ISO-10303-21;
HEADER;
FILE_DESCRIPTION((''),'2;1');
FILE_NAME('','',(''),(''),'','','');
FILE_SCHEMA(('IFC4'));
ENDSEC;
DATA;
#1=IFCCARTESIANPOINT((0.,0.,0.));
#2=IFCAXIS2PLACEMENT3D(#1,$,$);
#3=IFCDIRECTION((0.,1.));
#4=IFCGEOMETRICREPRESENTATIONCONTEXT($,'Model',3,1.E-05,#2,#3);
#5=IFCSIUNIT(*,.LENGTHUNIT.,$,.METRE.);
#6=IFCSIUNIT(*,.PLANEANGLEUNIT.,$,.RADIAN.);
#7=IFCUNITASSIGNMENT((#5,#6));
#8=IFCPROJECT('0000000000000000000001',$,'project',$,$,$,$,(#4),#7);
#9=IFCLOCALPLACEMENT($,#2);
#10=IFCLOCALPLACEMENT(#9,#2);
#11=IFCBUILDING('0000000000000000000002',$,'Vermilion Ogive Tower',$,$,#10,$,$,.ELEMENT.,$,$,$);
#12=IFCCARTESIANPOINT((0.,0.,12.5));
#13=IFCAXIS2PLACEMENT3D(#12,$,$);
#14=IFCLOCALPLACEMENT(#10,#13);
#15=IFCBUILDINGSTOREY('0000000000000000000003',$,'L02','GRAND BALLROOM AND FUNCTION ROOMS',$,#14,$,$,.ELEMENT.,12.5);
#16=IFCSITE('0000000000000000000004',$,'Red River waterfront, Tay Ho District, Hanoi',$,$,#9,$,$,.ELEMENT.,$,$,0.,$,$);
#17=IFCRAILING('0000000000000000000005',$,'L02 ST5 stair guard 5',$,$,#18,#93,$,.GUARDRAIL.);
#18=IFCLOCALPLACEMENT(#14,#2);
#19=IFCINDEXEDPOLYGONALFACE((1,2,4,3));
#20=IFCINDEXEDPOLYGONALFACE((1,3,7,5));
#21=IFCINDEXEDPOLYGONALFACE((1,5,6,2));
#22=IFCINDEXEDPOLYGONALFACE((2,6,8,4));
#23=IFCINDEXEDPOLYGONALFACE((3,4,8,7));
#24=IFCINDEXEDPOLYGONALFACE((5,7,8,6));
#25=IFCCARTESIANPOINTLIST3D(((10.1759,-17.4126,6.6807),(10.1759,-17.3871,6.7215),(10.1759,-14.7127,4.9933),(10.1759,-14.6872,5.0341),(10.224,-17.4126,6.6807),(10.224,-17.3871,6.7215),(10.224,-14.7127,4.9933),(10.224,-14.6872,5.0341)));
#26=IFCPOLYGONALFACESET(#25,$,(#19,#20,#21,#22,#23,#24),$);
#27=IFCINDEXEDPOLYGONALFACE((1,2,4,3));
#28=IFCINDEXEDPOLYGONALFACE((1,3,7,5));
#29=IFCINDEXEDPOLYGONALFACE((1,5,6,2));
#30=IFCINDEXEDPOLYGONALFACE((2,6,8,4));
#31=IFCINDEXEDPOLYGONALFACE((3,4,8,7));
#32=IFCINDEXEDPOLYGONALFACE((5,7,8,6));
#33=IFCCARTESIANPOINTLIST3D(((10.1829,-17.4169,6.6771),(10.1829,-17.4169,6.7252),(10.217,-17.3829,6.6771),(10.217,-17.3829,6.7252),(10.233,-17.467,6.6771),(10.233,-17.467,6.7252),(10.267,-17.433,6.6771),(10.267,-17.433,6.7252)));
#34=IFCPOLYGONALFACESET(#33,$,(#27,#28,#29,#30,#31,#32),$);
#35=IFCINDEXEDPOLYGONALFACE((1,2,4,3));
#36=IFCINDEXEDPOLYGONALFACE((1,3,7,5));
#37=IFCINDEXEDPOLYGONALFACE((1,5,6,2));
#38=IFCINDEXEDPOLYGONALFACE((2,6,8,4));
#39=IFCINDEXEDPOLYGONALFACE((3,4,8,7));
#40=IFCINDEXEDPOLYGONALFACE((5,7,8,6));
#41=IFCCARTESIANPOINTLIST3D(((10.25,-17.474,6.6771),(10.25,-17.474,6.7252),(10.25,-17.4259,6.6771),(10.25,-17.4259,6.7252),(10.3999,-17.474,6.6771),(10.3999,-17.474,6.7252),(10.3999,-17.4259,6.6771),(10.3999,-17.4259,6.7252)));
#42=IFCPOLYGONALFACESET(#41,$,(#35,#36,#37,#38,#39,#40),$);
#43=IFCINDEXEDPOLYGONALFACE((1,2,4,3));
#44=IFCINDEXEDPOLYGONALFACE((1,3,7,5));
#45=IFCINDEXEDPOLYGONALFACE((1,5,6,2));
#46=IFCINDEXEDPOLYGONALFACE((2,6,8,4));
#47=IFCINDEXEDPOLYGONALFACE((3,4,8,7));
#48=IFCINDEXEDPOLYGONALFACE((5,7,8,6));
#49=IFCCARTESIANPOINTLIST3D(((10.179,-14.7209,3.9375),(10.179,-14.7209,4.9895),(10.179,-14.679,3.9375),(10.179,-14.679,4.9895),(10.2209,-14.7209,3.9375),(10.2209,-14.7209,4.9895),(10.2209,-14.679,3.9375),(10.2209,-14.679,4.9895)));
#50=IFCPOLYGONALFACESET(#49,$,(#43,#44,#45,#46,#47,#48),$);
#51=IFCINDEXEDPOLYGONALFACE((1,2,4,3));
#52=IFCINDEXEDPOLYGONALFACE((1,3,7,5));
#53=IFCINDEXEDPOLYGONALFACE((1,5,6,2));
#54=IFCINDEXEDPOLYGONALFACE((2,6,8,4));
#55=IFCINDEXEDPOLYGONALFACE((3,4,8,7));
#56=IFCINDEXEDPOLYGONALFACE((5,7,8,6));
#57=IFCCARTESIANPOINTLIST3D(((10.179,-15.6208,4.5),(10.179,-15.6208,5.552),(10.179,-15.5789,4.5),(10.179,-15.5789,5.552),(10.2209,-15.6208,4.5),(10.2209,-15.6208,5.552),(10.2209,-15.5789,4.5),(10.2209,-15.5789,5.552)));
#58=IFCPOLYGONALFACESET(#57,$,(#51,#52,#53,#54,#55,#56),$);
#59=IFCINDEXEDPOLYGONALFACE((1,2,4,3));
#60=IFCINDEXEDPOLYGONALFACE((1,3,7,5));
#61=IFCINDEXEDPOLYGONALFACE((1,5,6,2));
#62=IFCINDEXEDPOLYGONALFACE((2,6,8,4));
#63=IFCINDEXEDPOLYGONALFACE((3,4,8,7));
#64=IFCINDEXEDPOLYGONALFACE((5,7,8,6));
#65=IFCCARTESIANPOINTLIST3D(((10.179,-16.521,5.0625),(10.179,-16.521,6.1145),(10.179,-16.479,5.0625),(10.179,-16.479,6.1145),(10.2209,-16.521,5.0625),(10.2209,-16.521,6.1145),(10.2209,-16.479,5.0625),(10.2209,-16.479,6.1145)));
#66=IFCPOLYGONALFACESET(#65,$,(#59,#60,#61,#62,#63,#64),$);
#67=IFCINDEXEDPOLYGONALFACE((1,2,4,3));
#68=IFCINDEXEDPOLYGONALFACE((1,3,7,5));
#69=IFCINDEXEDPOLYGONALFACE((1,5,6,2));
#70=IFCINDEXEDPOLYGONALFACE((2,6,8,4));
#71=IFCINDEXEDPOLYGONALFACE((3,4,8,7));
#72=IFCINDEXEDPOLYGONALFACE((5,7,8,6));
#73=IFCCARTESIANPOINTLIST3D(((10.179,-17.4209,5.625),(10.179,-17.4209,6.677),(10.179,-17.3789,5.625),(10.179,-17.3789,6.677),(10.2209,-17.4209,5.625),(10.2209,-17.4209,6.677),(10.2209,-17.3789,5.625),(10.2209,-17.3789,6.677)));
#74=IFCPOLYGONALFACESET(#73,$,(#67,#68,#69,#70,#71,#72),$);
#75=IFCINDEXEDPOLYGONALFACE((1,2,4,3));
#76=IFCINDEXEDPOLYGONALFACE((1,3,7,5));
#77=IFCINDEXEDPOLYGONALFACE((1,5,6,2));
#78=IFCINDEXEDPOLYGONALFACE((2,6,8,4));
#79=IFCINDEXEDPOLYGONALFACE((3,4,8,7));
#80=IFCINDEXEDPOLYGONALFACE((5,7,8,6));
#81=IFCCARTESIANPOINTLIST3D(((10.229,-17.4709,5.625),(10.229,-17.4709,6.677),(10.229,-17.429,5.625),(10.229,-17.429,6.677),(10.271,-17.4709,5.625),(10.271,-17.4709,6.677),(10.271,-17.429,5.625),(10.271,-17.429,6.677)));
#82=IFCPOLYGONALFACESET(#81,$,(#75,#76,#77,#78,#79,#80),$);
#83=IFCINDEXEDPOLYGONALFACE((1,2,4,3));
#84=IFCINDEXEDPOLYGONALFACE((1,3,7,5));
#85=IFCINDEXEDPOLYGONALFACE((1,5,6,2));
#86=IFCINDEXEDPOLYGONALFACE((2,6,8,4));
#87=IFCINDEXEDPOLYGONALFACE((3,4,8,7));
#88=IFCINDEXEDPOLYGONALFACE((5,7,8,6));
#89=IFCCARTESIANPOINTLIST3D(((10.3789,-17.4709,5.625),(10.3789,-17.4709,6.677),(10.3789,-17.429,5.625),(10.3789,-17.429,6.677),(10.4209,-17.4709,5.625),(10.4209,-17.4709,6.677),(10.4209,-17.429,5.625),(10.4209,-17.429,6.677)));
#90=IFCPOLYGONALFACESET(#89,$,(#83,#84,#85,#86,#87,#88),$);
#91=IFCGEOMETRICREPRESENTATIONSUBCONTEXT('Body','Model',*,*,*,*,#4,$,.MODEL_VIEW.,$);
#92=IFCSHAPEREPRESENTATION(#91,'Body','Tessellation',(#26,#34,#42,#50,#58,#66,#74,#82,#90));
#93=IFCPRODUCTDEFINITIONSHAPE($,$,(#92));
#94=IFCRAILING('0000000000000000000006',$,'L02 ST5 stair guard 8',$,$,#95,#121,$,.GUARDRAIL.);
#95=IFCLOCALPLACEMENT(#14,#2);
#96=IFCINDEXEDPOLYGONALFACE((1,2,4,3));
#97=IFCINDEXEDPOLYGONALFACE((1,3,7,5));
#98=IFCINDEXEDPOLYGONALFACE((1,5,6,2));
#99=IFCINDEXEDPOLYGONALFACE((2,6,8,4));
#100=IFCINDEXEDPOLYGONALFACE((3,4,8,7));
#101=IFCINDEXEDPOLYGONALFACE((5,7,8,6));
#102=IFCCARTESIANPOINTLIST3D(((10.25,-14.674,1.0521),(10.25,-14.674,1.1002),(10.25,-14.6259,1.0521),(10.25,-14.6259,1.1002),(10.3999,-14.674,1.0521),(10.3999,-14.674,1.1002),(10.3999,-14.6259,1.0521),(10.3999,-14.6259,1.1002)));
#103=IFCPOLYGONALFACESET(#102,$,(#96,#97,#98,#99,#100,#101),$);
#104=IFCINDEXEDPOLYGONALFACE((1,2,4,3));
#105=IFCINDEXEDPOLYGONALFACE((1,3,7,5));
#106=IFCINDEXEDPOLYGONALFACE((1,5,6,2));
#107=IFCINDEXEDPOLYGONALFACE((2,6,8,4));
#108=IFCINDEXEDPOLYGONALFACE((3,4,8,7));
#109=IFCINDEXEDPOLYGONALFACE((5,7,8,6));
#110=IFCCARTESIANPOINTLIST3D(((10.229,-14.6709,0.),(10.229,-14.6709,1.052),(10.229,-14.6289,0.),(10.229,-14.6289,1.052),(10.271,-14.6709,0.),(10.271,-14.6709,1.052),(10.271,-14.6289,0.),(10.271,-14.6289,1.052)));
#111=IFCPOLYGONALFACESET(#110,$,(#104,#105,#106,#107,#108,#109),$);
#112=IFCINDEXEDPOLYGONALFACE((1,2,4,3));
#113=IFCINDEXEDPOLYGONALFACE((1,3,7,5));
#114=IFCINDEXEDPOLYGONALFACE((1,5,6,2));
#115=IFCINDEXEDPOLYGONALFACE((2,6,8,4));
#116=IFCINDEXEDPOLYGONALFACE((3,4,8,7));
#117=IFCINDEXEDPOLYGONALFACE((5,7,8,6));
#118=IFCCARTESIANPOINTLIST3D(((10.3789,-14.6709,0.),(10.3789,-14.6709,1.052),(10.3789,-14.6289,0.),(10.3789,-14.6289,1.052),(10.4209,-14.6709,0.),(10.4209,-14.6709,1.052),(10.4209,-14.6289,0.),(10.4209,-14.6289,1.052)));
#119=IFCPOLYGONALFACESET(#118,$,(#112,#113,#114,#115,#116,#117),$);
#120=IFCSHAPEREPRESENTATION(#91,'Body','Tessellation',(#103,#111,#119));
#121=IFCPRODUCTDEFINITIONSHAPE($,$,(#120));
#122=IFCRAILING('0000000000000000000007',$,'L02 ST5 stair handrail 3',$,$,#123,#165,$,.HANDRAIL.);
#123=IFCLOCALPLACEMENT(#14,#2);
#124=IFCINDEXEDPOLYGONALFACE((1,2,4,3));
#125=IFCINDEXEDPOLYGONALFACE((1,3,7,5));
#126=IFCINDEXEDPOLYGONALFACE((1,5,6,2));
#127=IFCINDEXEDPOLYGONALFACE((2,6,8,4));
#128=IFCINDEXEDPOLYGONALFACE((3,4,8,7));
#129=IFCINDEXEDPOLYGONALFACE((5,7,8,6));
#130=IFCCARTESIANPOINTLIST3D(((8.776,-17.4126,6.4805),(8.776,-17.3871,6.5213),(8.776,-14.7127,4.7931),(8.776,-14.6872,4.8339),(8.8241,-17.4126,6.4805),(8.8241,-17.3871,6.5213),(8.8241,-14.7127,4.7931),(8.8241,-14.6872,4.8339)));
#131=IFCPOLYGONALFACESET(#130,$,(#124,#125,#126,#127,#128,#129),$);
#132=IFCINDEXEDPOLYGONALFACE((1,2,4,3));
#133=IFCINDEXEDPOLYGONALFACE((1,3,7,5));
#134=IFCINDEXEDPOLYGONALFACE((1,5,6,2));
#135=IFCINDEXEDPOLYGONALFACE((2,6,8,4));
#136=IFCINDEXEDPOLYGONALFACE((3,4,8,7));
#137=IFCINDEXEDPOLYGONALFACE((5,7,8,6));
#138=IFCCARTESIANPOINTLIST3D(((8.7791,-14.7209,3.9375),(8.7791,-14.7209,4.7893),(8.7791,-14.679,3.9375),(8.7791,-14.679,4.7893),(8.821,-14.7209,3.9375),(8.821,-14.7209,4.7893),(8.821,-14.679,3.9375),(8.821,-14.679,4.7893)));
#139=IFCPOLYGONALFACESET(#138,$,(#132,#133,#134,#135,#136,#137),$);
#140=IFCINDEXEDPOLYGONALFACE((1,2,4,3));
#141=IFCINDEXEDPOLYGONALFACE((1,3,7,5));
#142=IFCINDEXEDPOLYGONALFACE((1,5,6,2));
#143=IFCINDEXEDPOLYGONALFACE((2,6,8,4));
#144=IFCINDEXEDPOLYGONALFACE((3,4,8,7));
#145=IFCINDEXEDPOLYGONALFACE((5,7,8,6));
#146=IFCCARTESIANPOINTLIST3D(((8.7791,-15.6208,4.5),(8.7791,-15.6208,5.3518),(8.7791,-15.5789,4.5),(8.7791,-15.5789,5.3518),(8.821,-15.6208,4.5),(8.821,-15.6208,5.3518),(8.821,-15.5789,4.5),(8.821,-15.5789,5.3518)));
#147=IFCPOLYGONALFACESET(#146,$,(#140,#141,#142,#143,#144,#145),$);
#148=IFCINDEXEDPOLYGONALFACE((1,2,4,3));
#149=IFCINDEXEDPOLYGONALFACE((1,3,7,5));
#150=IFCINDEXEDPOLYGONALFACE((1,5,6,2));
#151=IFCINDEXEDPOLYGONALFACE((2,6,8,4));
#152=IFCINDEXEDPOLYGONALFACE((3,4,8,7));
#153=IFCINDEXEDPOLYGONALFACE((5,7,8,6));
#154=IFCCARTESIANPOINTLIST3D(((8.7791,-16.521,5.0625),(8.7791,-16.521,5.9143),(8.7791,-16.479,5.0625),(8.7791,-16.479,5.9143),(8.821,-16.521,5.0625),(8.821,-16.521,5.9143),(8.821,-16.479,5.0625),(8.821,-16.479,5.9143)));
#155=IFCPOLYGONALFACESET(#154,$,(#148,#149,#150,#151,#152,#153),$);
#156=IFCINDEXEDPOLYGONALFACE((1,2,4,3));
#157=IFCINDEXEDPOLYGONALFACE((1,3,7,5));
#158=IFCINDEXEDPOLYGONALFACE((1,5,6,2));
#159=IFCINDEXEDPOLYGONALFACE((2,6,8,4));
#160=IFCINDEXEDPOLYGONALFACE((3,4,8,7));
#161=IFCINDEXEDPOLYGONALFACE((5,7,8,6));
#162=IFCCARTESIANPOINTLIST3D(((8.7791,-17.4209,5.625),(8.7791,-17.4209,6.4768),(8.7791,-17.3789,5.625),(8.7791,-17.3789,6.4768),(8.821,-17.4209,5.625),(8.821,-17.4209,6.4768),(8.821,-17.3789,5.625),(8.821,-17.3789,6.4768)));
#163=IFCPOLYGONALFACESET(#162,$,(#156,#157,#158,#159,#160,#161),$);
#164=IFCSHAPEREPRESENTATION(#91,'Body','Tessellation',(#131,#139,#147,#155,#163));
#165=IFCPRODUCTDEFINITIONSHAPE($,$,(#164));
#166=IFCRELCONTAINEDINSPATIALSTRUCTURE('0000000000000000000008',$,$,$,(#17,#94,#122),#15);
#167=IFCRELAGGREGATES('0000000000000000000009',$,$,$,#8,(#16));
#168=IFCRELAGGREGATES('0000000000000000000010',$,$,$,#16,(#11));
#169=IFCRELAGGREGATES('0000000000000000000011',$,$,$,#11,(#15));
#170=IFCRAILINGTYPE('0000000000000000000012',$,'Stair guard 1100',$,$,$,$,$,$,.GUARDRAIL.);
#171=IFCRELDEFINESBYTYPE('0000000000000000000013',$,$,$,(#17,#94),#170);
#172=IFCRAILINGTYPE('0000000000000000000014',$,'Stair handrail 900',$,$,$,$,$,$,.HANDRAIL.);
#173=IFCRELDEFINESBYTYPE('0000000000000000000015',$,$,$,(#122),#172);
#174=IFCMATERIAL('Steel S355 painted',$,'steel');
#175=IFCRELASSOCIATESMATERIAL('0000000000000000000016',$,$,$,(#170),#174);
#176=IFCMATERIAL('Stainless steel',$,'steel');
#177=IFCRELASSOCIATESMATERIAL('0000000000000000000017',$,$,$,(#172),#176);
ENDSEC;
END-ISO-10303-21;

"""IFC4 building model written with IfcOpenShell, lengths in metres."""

from ifc_helpers import new_model, si_unit, direction, frame, origin, origin_2d, place, context, subcontext, project, spatial, rectangle, extrude, material, type_object, element, save


model = new_model("IFC4")

# Units and contexts
model_context = context("Model", 3, precision=1e-05, world=origin(), true_north=direction((0.0, 1.0)))
body_context = subcontext(model_context, "Body", "Model", "MODEL_VIEW")
ifc_project = project(units=[si_unit("LENGTHUNIT", "METRE"), si_unit("PLANEANGLEUNIT", "RADIAN")], contexts=[model_context])

# Site, building, storey
site_placement = place(None, origin())
site = spatial("IfcSite", under=ifc_project, at=site_placement, Name="Red River waterfront, Tay Ho District, Hanoi", CompositionType="ELEMENT", RefElevation=0.0)
building_placement = place(site_placement, origin())
building = spatial("IfcBuilding", under=site, at=building_placement, Name="Vermilion Ogive Tower", CompositionType="ELEMENT")
storey_placement = place(building_placement, frame((0.0, 0.0, 12.5)))
storey = spatial("IfcBuildingStorey", under=building, at=storey_placement, Name="L02", Description="GRAND BALLROOM AND FUNCTION ROOMS", CompositionType="ELEMENT", Elevation=12.5)

# Railings
ifc_material_1 = material(Name="Steel S355 painted", Category="steel")
railing_type_1 = type_object("IfcRailingType", Name="Stair guard 1100", PredefinedType="GUARDRAIL", material=ifc_material_1)
for number, where, name in (
    (1, (10.2, -14.7, 3.9375), "L02 ST5 stair guard 5"),
):
    element("IfcRailing", number, at=place(storey_placement, frame(where)), inside=storey, type_object=railing_type_1, Name=name, PredefinedType="GUARDRAIL", context=body_context, shape_type="SweptSolid", body=[
        extrude(rectangle(XDim=0.0481, YDim=0.0481, at=origin_2d()), frame((0.0, 0.0, 1.0762), z_axis=(0.0, -0.847994, 0.530006), x_axis=(1.0, 0.0, 0.0)), (0.0, 0.0, 1.0), 3.1838),
        extrude(rectangle(XDim=0.0481, YDim=0.0481, at=origin_2d()), frame((0.0, -2.7, 2.7637), z_axis=(0.707107, -0.707107, 0.0), x_axis=(0.707107, 0.707107, 0.0)), (0.0, 0.0, 1.0), 0.0708),
        extrude(rectangle(XDim=0.0481, YDim=0.0481, at=origin_2d()), frame((0.05, -2.75, 2.7637), z_axis=(1.0, 0.0, 0.0), x_axis=(0.0, 1.0, 0.0)), (0.0, 0.0, 1.0), 0.1499),
        extrude(rectangle(XDim=0.042, YDim=0.042, at=origin_2d()), origin(), (0.0, 0.0, 1.0), 1.052),
        extrude(rectangle(XDim=0.042, YDim=0.042, at=origin_2d()), frame((0.0, -0.8999, 0.5625)), (0.0, 0.0, 1.0), 1.052),
        extrude(rectangle(XDim=0.042, YDim=0.042, at=origin_2d()), frame((0.0, -1.8, 1.125)), (0.0, 0.0, 1.0), 1.052),
        extrude(rectangle(XDim=0.042, YDim=0.042, at=origin_2d()), frame((0.0, -2.7, 1.6875)), (0.0, 0.0, 1.0), 1.052),
        extrude(rectangle(XDim=0.042, YDim=0.042, at=origin_2d()), frame((0.05, -2.75, 1.6875)), (0.0, 0.0, 1.0), 1.052),
        extrude(rectangle(XDim=0.042, YDim=0.042, at=origin_2d()), frame((0.2, -2.75, 1.6875)), (0.0, 0.0, 1.0), 1.052),
    ])
railing_1_placement = place(storey_placement, frame((10.25, -14.6499, 0.0)))
element("IfcRailing", 2, at=railing_1_placement, inside=storey, type_object=railing_type_1, Name="L02 ST5 stair guard 8", PredefinedType="GUARDRAIL", context=body_context, shape_type="SweptSolid", body=[
    extrude(rectangle(XDim=0.0481, YDim=0.0481, at=origin_2d()), frame((0.0, 0.0, 1.0762), z_axis=(1.0, 0.0, 0.0), x_axis=(0.0, 1.0, 0.0)), (0.0, 0.0, 1.0), 0.1499),
    extrude(rectangle(XDim=0.042, YDim=0.042, at=origin_2d()), origin(), (0.0, 0.0, 1.0), 1.052),
    extrude(rectangle(XDim=0.042, YDim=0.042, at=origin_2d()), frame((0.1499, 0.0, 0.0)), (0.0, 0.0, 1.0), 1.052),
])
ifc_material_2 = material(Name="Stainless steel", Category="steel")
railing_type_2 = type_object("IfcRailingType", Name="Stair handrail 900", PredefinedType="HANDRAIL", material=ifc_material_2)
railing_2_placement = place(storey_placement, frame((8.8, -14.7, 3.9375)))
element("IfcRailing", 3, at=railing_2_placement, inside=storey, type_object=railing_type_2, Name="L02 ST5 stair handrail 3", PredefinedType="HANDRAIL", context=body_context, shape_type="SweptSolid", body=[
    extrude(rectangle(XDim=0.0481, YDim=0.0481, at=origin_2d()), frame((0.0, 0.0, 0.876), z_axis=(0.0, -0.847994, 0.530006), x_axis=(1.0, 0.0, 0.0)), (0.0, 0.0, 1.0), 3.1838),
    extrude(rectangle(XDim=0.042, YDim=0.042, at=origin_2d()), origin(), (0.0, 0.0, 1.0), 0.8518),
    extrude(rectangle(XDim=0.042, YDim=0.042, at=origin_2d()), frame((0.0, -0.8999, 0.5625)), (0.0, 0.0, 1.0), 0.8518),
    extrude(rectangle(XDim=0.042, YDim=0.042, at=origin_2d()), frame((0.0, -1.8, 1.125)), (0.0, 0.0, 1.0), 0.8518),
    extrude(rectangle(XDim=0.042, YDim=0.042, at=origin_2d()), frame((0.0, -2.7, 1.6875)), (0.0, 0.0, 1.0), 0.8518),
])

save(model, "model.ifc")
